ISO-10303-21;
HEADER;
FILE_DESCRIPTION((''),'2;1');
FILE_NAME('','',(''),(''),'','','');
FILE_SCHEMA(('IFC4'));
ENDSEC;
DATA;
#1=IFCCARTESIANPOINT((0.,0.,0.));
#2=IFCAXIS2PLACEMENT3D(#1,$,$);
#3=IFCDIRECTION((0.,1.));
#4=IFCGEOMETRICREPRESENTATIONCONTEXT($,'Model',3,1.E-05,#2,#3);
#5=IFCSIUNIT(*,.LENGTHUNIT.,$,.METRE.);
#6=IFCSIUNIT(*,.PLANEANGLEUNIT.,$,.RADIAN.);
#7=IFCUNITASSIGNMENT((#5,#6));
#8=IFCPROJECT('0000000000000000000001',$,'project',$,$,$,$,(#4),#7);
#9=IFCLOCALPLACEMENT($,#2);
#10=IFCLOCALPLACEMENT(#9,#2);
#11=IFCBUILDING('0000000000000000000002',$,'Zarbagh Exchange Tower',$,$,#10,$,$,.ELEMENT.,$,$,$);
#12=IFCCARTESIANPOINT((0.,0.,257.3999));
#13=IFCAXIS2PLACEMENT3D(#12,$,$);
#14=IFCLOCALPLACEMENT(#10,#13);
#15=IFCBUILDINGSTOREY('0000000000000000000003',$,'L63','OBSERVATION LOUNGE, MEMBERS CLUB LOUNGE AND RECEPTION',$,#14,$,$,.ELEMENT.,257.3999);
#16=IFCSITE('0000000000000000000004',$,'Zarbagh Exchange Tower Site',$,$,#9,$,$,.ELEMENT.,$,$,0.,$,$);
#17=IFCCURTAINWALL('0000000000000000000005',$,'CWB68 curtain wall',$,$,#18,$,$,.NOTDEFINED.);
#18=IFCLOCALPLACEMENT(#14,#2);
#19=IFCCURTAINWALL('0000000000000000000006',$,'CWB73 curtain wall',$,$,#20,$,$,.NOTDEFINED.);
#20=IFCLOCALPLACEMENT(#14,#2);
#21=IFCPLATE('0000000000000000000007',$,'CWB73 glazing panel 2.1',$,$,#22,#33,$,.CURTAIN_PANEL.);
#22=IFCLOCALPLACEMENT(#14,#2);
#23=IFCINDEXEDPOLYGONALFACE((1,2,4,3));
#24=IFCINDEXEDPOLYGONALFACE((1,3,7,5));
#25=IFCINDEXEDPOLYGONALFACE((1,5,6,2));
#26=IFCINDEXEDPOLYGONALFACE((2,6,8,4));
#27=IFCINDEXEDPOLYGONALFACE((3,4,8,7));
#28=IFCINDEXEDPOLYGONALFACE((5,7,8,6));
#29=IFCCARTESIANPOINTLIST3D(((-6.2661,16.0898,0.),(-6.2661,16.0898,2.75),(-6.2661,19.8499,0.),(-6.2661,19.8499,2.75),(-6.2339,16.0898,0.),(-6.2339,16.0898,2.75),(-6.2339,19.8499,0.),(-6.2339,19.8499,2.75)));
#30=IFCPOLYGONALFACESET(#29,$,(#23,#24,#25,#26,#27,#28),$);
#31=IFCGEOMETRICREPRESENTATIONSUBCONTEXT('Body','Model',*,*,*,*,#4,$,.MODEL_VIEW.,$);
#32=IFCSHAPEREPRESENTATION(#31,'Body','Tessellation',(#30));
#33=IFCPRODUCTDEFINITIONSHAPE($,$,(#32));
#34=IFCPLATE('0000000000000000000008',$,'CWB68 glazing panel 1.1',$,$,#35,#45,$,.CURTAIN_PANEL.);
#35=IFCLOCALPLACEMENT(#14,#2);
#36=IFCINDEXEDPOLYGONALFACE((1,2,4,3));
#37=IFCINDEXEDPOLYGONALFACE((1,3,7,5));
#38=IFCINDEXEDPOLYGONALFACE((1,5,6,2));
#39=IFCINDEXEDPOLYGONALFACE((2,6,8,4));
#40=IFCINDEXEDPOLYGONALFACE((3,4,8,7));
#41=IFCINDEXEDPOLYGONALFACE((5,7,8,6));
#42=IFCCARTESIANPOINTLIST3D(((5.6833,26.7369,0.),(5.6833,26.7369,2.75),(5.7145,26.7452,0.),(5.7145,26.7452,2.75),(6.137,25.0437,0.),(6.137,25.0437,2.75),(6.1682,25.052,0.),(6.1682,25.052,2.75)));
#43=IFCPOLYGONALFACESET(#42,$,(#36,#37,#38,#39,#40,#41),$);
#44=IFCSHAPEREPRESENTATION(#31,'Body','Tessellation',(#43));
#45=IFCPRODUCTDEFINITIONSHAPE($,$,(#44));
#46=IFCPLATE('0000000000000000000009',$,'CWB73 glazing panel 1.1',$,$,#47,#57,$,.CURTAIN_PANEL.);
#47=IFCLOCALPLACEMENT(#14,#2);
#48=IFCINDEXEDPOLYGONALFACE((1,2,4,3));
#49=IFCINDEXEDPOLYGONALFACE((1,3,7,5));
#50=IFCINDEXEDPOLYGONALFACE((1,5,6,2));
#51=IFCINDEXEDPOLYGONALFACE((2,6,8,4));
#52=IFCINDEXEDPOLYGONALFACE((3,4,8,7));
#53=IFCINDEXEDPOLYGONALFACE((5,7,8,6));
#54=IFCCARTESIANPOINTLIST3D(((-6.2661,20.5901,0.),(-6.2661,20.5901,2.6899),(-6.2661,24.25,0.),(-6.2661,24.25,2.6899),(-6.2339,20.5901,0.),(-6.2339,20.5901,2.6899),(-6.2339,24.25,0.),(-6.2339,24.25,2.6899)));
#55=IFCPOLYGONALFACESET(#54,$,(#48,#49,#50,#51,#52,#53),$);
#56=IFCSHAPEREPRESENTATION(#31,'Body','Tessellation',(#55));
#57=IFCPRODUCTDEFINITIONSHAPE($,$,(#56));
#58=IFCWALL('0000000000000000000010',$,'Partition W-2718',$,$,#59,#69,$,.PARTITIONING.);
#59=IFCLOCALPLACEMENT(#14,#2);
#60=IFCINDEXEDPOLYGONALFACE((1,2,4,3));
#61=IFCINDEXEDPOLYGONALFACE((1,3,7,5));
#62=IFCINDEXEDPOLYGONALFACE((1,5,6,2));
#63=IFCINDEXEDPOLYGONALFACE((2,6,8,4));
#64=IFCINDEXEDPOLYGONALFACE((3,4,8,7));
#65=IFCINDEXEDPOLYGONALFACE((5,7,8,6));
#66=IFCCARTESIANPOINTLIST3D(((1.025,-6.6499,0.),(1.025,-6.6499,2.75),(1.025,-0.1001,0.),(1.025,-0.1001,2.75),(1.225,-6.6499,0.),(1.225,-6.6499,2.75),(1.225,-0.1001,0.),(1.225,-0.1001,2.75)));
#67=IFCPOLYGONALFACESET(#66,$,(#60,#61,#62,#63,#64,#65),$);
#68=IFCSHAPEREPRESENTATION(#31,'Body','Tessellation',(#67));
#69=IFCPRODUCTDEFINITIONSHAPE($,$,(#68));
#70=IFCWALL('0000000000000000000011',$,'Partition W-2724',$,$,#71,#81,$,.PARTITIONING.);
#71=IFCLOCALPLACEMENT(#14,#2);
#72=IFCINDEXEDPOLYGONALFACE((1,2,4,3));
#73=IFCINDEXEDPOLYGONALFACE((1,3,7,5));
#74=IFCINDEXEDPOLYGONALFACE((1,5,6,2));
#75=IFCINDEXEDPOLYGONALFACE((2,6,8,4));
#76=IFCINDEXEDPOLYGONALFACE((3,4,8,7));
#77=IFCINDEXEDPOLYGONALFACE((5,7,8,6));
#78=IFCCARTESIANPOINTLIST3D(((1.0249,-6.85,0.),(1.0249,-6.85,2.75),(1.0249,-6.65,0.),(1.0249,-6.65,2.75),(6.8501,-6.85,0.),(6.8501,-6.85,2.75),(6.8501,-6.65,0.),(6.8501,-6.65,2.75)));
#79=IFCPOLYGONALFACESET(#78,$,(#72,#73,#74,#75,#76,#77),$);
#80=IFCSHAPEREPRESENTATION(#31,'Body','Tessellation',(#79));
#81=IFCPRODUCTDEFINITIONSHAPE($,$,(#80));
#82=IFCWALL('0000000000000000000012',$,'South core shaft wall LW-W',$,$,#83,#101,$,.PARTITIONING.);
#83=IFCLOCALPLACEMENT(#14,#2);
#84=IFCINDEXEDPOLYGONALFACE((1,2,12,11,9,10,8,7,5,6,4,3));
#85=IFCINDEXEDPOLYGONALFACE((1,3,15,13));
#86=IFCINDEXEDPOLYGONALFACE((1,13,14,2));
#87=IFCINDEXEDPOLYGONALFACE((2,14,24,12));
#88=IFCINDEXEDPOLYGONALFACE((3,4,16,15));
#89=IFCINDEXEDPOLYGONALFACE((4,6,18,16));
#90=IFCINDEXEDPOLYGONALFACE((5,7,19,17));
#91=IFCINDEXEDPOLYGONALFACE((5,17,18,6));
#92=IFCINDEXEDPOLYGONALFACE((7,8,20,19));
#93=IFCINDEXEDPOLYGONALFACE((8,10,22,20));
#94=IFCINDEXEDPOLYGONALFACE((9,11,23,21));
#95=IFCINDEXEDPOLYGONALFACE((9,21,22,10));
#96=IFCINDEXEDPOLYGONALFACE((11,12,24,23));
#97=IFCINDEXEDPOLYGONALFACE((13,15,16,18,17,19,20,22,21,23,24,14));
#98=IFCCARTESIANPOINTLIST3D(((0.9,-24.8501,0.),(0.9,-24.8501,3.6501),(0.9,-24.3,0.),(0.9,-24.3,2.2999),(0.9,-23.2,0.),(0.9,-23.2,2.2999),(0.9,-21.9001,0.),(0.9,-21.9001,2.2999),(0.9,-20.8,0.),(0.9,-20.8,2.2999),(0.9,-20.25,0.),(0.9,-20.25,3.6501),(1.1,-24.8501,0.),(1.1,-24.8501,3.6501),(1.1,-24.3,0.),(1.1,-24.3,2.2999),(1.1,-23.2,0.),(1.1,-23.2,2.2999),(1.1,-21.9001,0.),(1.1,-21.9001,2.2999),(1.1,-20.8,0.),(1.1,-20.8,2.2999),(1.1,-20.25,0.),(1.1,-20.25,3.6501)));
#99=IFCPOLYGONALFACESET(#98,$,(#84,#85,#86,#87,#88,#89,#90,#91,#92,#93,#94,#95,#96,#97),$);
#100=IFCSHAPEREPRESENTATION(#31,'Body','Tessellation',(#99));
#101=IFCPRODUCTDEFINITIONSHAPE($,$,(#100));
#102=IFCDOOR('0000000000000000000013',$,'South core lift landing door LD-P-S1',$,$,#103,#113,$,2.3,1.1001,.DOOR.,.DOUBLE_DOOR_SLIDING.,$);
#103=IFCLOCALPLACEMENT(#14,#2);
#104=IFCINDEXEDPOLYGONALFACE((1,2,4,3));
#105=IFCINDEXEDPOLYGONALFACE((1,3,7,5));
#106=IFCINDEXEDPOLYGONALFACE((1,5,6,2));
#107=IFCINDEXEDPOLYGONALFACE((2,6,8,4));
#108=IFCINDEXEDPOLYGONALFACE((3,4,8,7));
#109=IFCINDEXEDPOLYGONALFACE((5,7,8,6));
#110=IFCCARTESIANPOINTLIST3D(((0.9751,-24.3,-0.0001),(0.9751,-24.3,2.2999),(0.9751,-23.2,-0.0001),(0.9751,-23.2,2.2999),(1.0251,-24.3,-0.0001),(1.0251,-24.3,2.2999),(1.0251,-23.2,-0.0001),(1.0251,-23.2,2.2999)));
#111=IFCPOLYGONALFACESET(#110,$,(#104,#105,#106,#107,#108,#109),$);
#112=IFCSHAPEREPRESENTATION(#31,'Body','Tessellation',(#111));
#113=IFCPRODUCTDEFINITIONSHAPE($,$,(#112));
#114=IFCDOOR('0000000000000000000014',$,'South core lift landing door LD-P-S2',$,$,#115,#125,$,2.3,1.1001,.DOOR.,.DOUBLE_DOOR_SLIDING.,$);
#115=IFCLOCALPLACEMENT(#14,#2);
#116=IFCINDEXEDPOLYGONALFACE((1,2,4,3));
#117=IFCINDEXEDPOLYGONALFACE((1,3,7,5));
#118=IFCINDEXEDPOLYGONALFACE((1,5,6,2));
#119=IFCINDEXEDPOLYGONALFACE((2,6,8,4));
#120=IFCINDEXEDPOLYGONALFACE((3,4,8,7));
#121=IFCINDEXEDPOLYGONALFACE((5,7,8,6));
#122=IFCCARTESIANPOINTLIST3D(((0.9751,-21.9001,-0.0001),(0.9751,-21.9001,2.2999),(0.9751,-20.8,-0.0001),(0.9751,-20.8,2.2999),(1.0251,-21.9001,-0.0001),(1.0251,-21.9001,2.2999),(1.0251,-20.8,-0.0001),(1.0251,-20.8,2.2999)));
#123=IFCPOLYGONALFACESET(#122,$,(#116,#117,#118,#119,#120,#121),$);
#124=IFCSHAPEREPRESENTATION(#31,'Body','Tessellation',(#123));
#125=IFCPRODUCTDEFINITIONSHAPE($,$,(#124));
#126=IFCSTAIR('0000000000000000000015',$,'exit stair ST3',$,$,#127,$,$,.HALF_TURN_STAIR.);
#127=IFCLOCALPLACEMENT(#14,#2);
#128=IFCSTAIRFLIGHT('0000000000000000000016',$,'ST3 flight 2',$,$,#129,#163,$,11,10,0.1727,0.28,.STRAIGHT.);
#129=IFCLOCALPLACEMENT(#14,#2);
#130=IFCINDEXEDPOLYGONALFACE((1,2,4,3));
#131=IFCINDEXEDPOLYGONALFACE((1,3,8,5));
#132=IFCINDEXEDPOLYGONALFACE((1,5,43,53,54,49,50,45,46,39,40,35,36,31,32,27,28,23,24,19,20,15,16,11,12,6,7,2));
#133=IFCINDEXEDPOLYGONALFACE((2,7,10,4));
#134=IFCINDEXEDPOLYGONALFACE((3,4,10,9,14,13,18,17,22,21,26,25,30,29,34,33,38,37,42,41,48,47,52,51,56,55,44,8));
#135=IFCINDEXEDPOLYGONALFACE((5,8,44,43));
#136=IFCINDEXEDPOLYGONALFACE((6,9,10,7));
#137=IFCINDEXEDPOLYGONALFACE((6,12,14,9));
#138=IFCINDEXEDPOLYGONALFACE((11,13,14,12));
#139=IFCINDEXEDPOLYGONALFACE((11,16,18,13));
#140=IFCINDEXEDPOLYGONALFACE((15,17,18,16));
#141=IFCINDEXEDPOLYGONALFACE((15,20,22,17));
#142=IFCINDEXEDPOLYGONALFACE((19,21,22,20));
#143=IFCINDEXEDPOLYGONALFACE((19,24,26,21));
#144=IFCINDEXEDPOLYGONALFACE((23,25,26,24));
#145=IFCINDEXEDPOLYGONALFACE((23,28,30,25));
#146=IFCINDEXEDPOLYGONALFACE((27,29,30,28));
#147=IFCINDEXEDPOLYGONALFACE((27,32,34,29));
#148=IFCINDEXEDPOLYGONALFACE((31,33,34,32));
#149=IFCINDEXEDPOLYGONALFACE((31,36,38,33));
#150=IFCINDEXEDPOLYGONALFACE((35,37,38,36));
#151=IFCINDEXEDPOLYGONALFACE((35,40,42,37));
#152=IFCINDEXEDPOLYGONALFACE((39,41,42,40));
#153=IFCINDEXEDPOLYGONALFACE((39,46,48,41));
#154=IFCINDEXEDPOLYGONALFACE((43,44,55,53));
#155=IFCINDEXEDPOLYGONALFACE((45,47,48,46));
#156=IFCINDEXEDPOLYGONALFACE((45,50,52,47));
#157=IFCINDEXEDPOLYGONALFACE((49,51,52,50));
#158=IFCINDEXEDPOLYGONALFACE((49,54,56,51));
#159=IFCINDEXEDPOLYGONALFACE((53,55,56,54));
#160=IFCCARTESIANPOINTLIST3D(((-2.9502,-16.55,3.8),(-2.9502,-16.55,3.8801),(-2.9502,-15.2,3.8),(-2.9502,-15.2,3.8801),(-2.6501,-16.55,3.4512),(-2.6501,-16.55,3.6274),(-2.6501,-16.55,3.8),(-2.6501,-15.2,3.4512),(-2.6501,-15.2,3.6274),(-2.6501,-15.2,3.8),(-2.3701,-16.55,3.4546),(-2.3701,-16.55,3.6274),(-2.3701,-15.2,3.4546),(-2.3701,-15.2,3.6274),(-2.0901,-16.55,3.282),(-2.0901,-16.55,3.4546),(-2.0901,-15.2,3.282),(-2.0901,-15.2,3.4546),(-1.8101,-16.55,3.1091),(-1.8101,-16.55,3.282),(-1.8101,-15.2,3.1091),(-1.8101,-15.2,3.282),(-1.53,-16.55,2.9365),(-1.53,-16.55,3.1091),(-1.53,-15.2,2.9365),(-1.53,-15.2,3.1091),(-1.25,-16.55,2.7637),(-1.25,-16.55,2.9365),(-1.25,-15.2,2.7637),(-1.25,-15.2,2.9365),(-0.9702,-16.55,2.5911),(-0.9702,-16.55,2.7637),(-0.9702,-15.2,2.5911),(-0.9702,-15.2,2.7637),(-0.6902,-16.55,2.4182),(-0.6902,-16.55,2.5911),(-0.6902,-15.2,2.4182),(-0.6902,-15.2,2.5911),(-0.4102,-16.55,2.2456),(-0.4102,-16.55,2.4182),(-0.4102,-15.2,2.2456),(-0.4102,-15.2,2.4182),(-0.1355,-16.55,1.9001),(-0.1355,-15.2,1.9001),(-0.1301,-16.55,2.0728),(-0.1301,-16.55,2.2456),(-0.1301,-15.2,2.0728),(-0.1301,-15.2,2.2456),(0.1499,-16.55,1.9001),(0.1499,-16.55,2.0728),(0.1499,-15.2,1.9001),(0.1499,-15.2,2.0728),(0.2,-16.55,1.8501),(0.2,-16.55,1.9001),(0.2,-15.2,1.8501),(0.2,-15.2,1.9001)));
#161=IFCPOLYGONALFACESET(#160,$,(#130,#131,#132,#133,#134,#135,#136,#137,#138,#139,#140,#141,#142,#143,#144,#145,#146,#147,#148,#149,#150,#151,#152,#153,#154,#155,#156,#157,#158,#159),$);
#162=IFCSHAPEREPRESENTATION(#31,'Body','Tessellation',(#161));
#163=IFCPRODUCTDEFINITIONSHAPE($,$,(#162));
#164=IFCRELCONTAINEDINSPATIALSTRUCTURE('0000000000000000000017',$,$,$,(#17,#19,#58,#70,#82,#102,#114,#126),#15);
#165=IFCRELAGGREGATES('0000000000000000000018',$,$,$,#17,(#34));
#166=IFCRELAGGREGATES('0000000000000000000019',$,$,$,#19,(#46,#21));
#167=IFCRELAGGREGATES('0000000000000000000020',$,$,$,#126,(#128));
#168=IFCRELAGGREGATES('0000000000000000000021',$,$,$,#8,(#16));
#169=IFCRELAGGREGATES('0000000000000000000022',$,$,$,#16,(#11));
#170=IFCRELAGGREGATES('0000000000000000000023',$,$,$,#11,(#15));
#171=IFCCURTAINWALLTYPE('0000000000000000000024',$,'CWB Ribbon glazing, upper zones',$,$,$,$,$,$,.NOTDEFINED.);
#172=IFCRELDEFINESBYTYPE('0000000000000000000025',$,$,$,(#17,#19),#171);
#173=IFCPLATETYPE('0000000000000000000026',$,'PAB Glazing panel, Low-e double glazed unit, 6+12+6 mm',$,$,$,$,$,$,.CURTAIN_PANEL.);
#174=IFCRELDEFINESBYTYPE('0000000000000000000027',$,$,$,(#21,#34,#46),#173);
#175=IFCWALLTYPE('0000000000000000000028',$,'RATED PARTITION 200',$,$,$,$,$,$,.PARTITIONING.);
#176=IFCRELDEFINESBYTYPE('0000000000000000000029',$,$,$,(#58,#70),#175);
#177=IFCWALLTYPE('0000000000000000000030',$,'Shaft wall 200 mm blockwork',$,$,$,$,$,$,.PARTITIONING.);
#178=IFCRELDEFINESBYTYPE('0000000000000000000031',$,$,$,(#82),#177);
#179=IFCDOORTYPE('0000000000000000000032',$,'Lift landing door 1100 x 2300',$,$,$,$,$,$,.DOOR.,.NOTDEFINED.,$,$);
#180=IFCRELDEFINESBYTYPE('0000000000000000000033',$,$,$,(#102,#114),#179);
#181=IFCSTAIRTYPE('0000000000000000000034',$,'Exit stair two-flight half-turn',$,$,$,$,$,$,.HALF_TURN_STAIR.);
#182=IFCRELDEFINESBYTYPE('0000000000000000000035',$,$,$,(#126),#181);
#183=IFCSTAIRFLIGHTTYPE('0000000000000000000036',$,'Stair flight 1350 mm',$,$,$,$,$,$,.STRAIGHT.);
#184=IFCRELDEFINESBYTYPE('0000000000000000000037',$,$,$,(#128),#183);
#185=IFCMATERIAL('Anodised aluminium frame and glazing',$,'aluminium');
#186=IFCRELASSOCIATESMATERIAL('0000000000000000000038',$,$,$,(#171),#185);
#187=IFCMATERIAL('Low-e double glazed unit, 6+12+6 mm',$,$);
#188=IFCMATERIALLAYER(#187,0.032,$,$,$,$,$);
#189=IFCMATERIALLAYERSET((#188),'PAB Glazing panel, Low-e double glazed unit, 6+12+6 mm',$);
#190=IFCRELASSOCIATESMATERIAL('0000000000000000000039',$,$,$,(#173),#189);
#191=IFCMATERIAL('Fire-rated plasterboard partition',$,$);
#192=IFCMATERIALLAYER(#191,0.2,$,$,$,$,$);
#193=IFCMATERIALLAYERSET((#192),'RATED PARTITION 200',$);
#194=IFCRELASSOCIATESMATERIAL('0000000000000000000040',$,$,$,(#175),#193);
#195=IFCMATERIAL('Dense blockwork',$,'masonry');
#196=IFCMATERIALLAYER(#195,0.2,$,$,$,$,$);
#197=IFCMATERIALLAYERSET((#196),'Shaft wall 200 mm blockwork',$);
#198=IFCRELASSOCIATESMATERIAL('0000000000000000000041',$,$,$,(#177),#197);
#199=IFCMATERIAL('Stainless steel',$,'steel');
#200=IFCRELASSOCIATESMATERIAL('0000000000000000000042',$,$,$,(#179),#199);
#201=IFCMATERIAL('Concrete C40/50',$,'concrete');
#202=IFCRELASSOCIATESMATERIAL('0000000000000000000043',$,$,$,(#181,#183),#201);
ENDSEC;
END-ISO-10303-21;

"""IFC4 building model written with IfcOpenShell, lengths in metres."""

from ifc_helpers import new_model, si_unit, direction, frame, frame_2d, origin, place, context, subcontext, project, spatial, polyline, rectangle, outline, extrude, source, transform, mapped, material, layer, layer_set, type_object, element, fill, aggregate, save


model = new_model("IFC4")

# Units and contexts
model_context = context("Model", 3, precision=1e-05, world=origin(), true_north=direction((0.0, 1.0)))
body_context = subcontext(model_context, "Body", "Model", "MODEL_VIEW")
ifc_project = project(units=[si_unit("LENGTHUNIT", "METRE"), si_unit("PLANEANGLEUNIT", "RADIAN")], contexts=[model_context])

# Site, building, storey
site_placement = place(None, origin())
site = spatial("IfcSite", under=ifc_project, at=site_placement, Name="Zarbagh Exchange Tower Site", CompositionType="ELEMENT", RefElevation=0.0)
building_placement = place(site_placement, origin())
building = spatial("IfcBuilding", under=site, at=building_placement, Name="Zarbagh Exchange Tower", CompositionType="ELEMENT")
storey_placement = place(building_placement, frame((0.0, 0.0, 257.3999)))
storey = spatial("IfcBuildingStorey", under=building, at=storey_placement, Name="L63", Description="OBSERVATION LOUNGE, MEMBERS CLUB LOUNGE AND RECEPTION", CompositionType="ELEMENT", Elevation=257.3999)

# Curtain wall
ifc_material_1 = material(Name="Anodised aluminium frame and glazing", Category="aluminium")
curtain_wall_type = type_object("IfcCurtainWallType", Name="CWB Ribbon glazing, upper zones", PredefinedType="NOTDEFINED", material=ifc_material_1)
placement = place(storey_placement, origin())
curtain_wall_1_placement = place(storey_placement, origin())
curtain_wall_1 = element("IfcCurtainWall", 1, at=curtain_wall_1_placement, inside=storey, type_object=curtain_wall_type, Name="CWB68 curtain wall", PredefinedType="NOTDEFINED")

# Curtain wall
curtain_wall_2_placement = place(storey_placement, origin())
curtain_wall_2 = element("IfcCurtainWall", 2, at=curtain_wall_2_placement, inside=storey, type_object=curtain_wall_type, Name="CWB73 curtain wall", PredefinedType="NOTDEFINED")

# Shared definitions
ifc_material_2 = material(Name="Low-e double glazed unit, 6+12+6 mm")
ifc_layer_1 = layer(ifc_material_2, 0.032)
ifc_layer_set_1 = layer_set([ifc_layer_1], Name="PAB Glazing panel, Low-e double glazed unit, 6+12+6 mm")
plate_type = type_object("IfcPlateType", Name="PAB Glazing panel, Low-e double glazed unit, 6+12+6 mm", PredefinedType="CURTAIN_PANEL", material=ifc_layer_set_1)

# Plates
shared_shape_1 = source(origin(), body_context, "Body", "SweptSolid", [
    extrude(outline(polyline([(0.0, -0.0161), (3.76, -0.0161), (3.76, 0.0161), (0.0, 0.0161), (0.0, -0.0161)])), origin(), (0.0, 0.0, 1.0), 2.75),
])
plate_1 = element("IfcPlate", 3, at=placement, type_object=plate_type, Name="CWB73 glazing panel 2.1", PredefinedType="CURTAIN_PANEL", context=body_context, shape_type="MappedRepresentation", body=[
    mapped(shared_shape_1, transform((-6.25, 19.8499, 0.0), x_axis=(0.0, -1.0, 0.0), y_axis=(1.0, 0.0, 0.0), z_axis=(0.0, 0.0, 1.0))),
])
shared_shape_2 = source(origin(), body_context, "Body", "SweptSolid", [
    extrude(outline(polyline([(0.0, -0.0161), (1.7529, -0.0161), (1.7529, 0.0161), (0.0, 0.0161), (0.0, -0.0161)])), origin(), (0.0, 0.0, 1.0), 2.75),
])
plate_2 = element("IfcPlate", 4, at=placement, type_object=plate_type, Name="CWB68 glazing panel 1.1", PredefinedType="CURTAIN_PANEL", context=body_context, shape_type="MappedRepresentation", body=[
    mapped(shared_shape_2, transform((6.1526, 25.0479, 0.0), x_axis=(-0.258825, 0.965924, 0.0), y_axis=(-0.965924, -0.258825, 0.0), z_axis=(0.0, 0.0, 1.0))),
])
aggregate(curtain_wall_1, [plate_2])
shared_shape_3 = source(origin(), body_context, "Body", "SweptSolid", [
    extrude(outline(polyline([(0.0, -0.0161), (3.6599, -0.0161), (3.6599, 0.0161), (0.0, 0.0161), (0.0, -0.0161)])), origin(), (0.0, 0.0, 1.0), 2.6899),
])
plate_3 = element("IfcPlate", 5, at=placement, type_object=plate_type, Name="CWB73 glazing panel 1.1", PredefinedType="CURTAIN_PANEL", context=body_context, shape_type="MappedRepresentation", body=[
    mapped(shared_shape_3, transform((-6.25, 24.25, 0.0), x_axis=(0.0, -1.0, 0.0), y_axis=(1.0, 0.0, 0.0), z_axis=(0.0, 0.0, 1.0))),
])
aggregate(curtain_wall_2, [plate_3, plate_1])

# Walls
ifc_material_3 = material(Name="Fire-rated plasterboard partition")
ifc_layer_2 = layer(ifc_material_3, 0.2)
ifc_layer_set_2 = layer_set([ifc_layer_2], Name="RATED PARTITION 200")
wall_type_1 = type_object("IfcWallType", Name="RATED PARTITION 200", PredefinedType="PARTITIONING", material=ifc_layer_set_2)
wall_1_placement = place(storey_placement, frame((1.125, -6.6499, 0.0), z_axis=(0.0, 0.0, 1.0), x_axis=(0.0, 1.0, 0.0)))
element("IfcWall", 6, at=wall_1_placement, inside=storey, type_object=wall_type_1, Name="Partition W-2718", PredefinedType="PARTITIONING", context=body_context, shape_type="SweptSolid", body=[
    extrude(rectangle(XDim=6.5498, YDim=0.2, at=frame_2d((3.2749, 0.0))), origin(), (0.0, 0.0, 1.0), 2.75),
])
wall_2_placement = place(storey_placement, frame((1.0249, -6.75, 0.0), z_axis=(0.0, 0.0, 1.0), x_axis=(1.0, 0.0, 0.0)))
element("IfcWall", 7, at=wall_2_placement, inside=storey, type_object=wall_type_1, Name="Partition W-2724", PredefinedType="PARTITIONING", context=body_context, shape_type="SweptSolid", body=[
    extrude(rectangle(XDim=5.8252, YDim=0.2, at=frame_2d((2.9126, 0.0))), origin(), (0.0, 0.0, 1.0), 2.75),
])

# Wall, openings, doors
ifc_material_4 = material(Name="Dense blockwork", Category="masonry")
ifc_layer_3 = layer(ifc_material_4, 0.2)
ifc_layer_set_3 = layer_set([ifc_layer_3], Name="Shaft wall 200 mm blockwork")
wall_type_2 = type_object("IfcWallType", Name="Shaft wall 200 mm blockwork", PredefinedType="PARTITIONING", material=ifc_layer_set_3)
wall_3_placement = place(storey_placement, frame((1.0, -24.8501, 0.0), z_axis=(0.0, 0.0, 1.0), x_axis=(0.0, 1.0, 0.0)))
wall_3 = element("IfcWall", 8, at=wall_3_placement, inside=storey, type_object=wall_type_2, Name="South core shaft wall LW-W", PredefinedType="PARTITIONING", context=body_context, shape_type="SweptSolid", body=[
    extrude(rectangle(XDim=4.6001, YDim=0.2, at=frame_2d((2.3, 0.0))), origin(), (0.0, 0.0, 1.0), 3.6501),
])
opening_1_placement = place(wall_3_placement, frame((0.55, 0.0, 0.0)))
opening_1 = element("IfcOpeningElement", 9, at=opening_1_placement, cuts=wall_3, PredefinedType="OPENING", context=body_context, shape_type="SweptSolid", body=[
    extrude(rectangle(XDim=1.1001, YDim=2.3, at=frame_2d((0.55, 1.1499))), frame((0.0, 0.1099, 0.0), z_axis=(0.0, -1.0, 0.0), x_axis=(1.0, 0.0, 0.0)), (0.0, 0.0, 1.0), 0.22),
])
opening_2_placement = place(wall_3_placement, frame((2.95, 0.0, 0.0)))
opening_2 = element("IfcOpeningElement", 10, at=opening_2_placement, cuts=wall_3, PredefinedType="OPENING", context=body_context, shape_type="SweptSolid", body=[
    extrude(rectangle(XDim=1.1001, YDim=2.3, at=frame_2d((0.55, 1.1499))), frame((0.0, 0.1099, 0.0), z_axis=(0.0, -1.0, 0.0), x_axis=(1.0, 0.0, 0.0)), (0.0, 0.0, 1.0), 0.22),
])
ifc_material_5 = material(Name="Stainless steel", Category="steel")
door_type = type_object("IfcDoorType", Name="Lift landing door 1100 x 2300", OperationType="NOTDEFINED", PredefinedType="DOOR", material=ifc_material_5)
door_1_placement = place(opening_1_placement, origin())
door_1 = element("IfcDoor", 11, at=door_1_placement, inside=storey, type_object=door_type, Name="South core lift landing door LD-P-S1", OperationType="DOUBLE_DOOR_SLIDING", OverallHeight=2.3, OverallWidth=1.1001, PredefinedType="DOOR", context=body_context, shape_type="SweptSolid", body=[
    extrude(rectangle(XDim=1.1001, YDim=2.3, at=frame_2d((0.55, 1.1499))), frame((0.0, 0.0249, 0.0), z_axis=(0.0, -1.0, 0.0), x_axis=(1.0, 0.0, 0.0)), (0.0, 0.0, 1.0), 0.05),
])
fill(opening_1, door_1)
door_2_placement = place(opening_2_placement, origin())
door_2 = element("IfcDoor", 12, at=door_2_placement, inside=storey, type_object=door_type, Name="South core lift landing door LD-P-S2", OperationType="DOUBLE_DOOR_SLIDING", OverallHeight=2.3, OverallWidth=1.1001, PredefinedType="DOOR", context=body_context, shape_type="SweptSolid", body=[
    extrude(rectangle(XDim=1.1001, YDim=2.3, at=frame_2d((0.55, 1.1499))), frame((0.0, 0.0249, 0.0), z_axis=(0.0, -1.0, 0.0), x_axis=(1.0, 0.0, 0.0)), (0.0, 0.0, 1.0), 0.05),
])
fill(opening_2, door_2)

# Stair, stair flight
ifc_material_6 = material(Name="Concrete C40/50", Category="concrete")
stair_type = type_object("IfcStairType", Name="Exit stair two-flight half-turn", PredefinedType="HALF_TURN_STAIR", material=ifc_material_6)
stair_placement = place(storey_placement, origin())
stair = element("IfcStair", 13, at=stair_placement, inside=storey, type_object=stair_type, Name="exit stair ST3", PredefinedType="HALF_TURN_STAIR")
stair_flight_type = type_object("IfcStairFlightType", Name="Stair flight 1350 mm", PredefinedType="STRAIGHT", material=ifc_material_6)
stair_flight_placement = place(storey_placement, frame((0.1499, -15.875, 1.9001), z_axis=(0.0, 0.0, 1.0), x_axis=(-1.0, 0.0, 0.0)))
stair_flight = element("IfcStairFlight", 14, at=stair_flight_placement, type_object=stair_flight_type, Name="ST3 flight 2", NumberOfRisers=11, NumberOfTreads=10, PredefinedType="STRAIGHT", RiserHeight=0.1727, TreadLength=0.28, context=body_context, shape_type="SweptSolid", body=[
    extrude(outline(polyline([(-0.05, -0.05), (-0.05, 0.0), (0.0, 0.0), (0.0, 0.1726), (0.28, 0.1726), (0.28, 0.3455), (0.5601, 0.3455), (0.5601, 0.5181), (0.8401, 0.5181), (0.8401, 0.6909), (1.1201, 0.6909), (1.1201, 0.8635), (1.3999, 0.8635), (1.3999, 1.0364), (1.6799, 1.0364), (1.6799, 1.209), (1.96, 1.209), (1.96, 1.3818), (2.24, 1.3818), (2.24, 1.5544), (2.52, 1.5544), (2.52, 1.7273), (2.8, 1.7273), (2.8, 1.8999), (3.1001, 1.98), (3.1001, 1.8999), (2.8, 1.551), (0.2854, 0.0), (-0.05, -0.05)])), frame((0.0, 0.675, 0.0), z_axis=(0.0, -1.0, 0.0), x_axis=(1.0, 0.0, 0.0)), (0.0, 0.0, 1.0), 1.3501),
])
aggregate(stair, [stair_flight])

save(model, "model.ifc")
